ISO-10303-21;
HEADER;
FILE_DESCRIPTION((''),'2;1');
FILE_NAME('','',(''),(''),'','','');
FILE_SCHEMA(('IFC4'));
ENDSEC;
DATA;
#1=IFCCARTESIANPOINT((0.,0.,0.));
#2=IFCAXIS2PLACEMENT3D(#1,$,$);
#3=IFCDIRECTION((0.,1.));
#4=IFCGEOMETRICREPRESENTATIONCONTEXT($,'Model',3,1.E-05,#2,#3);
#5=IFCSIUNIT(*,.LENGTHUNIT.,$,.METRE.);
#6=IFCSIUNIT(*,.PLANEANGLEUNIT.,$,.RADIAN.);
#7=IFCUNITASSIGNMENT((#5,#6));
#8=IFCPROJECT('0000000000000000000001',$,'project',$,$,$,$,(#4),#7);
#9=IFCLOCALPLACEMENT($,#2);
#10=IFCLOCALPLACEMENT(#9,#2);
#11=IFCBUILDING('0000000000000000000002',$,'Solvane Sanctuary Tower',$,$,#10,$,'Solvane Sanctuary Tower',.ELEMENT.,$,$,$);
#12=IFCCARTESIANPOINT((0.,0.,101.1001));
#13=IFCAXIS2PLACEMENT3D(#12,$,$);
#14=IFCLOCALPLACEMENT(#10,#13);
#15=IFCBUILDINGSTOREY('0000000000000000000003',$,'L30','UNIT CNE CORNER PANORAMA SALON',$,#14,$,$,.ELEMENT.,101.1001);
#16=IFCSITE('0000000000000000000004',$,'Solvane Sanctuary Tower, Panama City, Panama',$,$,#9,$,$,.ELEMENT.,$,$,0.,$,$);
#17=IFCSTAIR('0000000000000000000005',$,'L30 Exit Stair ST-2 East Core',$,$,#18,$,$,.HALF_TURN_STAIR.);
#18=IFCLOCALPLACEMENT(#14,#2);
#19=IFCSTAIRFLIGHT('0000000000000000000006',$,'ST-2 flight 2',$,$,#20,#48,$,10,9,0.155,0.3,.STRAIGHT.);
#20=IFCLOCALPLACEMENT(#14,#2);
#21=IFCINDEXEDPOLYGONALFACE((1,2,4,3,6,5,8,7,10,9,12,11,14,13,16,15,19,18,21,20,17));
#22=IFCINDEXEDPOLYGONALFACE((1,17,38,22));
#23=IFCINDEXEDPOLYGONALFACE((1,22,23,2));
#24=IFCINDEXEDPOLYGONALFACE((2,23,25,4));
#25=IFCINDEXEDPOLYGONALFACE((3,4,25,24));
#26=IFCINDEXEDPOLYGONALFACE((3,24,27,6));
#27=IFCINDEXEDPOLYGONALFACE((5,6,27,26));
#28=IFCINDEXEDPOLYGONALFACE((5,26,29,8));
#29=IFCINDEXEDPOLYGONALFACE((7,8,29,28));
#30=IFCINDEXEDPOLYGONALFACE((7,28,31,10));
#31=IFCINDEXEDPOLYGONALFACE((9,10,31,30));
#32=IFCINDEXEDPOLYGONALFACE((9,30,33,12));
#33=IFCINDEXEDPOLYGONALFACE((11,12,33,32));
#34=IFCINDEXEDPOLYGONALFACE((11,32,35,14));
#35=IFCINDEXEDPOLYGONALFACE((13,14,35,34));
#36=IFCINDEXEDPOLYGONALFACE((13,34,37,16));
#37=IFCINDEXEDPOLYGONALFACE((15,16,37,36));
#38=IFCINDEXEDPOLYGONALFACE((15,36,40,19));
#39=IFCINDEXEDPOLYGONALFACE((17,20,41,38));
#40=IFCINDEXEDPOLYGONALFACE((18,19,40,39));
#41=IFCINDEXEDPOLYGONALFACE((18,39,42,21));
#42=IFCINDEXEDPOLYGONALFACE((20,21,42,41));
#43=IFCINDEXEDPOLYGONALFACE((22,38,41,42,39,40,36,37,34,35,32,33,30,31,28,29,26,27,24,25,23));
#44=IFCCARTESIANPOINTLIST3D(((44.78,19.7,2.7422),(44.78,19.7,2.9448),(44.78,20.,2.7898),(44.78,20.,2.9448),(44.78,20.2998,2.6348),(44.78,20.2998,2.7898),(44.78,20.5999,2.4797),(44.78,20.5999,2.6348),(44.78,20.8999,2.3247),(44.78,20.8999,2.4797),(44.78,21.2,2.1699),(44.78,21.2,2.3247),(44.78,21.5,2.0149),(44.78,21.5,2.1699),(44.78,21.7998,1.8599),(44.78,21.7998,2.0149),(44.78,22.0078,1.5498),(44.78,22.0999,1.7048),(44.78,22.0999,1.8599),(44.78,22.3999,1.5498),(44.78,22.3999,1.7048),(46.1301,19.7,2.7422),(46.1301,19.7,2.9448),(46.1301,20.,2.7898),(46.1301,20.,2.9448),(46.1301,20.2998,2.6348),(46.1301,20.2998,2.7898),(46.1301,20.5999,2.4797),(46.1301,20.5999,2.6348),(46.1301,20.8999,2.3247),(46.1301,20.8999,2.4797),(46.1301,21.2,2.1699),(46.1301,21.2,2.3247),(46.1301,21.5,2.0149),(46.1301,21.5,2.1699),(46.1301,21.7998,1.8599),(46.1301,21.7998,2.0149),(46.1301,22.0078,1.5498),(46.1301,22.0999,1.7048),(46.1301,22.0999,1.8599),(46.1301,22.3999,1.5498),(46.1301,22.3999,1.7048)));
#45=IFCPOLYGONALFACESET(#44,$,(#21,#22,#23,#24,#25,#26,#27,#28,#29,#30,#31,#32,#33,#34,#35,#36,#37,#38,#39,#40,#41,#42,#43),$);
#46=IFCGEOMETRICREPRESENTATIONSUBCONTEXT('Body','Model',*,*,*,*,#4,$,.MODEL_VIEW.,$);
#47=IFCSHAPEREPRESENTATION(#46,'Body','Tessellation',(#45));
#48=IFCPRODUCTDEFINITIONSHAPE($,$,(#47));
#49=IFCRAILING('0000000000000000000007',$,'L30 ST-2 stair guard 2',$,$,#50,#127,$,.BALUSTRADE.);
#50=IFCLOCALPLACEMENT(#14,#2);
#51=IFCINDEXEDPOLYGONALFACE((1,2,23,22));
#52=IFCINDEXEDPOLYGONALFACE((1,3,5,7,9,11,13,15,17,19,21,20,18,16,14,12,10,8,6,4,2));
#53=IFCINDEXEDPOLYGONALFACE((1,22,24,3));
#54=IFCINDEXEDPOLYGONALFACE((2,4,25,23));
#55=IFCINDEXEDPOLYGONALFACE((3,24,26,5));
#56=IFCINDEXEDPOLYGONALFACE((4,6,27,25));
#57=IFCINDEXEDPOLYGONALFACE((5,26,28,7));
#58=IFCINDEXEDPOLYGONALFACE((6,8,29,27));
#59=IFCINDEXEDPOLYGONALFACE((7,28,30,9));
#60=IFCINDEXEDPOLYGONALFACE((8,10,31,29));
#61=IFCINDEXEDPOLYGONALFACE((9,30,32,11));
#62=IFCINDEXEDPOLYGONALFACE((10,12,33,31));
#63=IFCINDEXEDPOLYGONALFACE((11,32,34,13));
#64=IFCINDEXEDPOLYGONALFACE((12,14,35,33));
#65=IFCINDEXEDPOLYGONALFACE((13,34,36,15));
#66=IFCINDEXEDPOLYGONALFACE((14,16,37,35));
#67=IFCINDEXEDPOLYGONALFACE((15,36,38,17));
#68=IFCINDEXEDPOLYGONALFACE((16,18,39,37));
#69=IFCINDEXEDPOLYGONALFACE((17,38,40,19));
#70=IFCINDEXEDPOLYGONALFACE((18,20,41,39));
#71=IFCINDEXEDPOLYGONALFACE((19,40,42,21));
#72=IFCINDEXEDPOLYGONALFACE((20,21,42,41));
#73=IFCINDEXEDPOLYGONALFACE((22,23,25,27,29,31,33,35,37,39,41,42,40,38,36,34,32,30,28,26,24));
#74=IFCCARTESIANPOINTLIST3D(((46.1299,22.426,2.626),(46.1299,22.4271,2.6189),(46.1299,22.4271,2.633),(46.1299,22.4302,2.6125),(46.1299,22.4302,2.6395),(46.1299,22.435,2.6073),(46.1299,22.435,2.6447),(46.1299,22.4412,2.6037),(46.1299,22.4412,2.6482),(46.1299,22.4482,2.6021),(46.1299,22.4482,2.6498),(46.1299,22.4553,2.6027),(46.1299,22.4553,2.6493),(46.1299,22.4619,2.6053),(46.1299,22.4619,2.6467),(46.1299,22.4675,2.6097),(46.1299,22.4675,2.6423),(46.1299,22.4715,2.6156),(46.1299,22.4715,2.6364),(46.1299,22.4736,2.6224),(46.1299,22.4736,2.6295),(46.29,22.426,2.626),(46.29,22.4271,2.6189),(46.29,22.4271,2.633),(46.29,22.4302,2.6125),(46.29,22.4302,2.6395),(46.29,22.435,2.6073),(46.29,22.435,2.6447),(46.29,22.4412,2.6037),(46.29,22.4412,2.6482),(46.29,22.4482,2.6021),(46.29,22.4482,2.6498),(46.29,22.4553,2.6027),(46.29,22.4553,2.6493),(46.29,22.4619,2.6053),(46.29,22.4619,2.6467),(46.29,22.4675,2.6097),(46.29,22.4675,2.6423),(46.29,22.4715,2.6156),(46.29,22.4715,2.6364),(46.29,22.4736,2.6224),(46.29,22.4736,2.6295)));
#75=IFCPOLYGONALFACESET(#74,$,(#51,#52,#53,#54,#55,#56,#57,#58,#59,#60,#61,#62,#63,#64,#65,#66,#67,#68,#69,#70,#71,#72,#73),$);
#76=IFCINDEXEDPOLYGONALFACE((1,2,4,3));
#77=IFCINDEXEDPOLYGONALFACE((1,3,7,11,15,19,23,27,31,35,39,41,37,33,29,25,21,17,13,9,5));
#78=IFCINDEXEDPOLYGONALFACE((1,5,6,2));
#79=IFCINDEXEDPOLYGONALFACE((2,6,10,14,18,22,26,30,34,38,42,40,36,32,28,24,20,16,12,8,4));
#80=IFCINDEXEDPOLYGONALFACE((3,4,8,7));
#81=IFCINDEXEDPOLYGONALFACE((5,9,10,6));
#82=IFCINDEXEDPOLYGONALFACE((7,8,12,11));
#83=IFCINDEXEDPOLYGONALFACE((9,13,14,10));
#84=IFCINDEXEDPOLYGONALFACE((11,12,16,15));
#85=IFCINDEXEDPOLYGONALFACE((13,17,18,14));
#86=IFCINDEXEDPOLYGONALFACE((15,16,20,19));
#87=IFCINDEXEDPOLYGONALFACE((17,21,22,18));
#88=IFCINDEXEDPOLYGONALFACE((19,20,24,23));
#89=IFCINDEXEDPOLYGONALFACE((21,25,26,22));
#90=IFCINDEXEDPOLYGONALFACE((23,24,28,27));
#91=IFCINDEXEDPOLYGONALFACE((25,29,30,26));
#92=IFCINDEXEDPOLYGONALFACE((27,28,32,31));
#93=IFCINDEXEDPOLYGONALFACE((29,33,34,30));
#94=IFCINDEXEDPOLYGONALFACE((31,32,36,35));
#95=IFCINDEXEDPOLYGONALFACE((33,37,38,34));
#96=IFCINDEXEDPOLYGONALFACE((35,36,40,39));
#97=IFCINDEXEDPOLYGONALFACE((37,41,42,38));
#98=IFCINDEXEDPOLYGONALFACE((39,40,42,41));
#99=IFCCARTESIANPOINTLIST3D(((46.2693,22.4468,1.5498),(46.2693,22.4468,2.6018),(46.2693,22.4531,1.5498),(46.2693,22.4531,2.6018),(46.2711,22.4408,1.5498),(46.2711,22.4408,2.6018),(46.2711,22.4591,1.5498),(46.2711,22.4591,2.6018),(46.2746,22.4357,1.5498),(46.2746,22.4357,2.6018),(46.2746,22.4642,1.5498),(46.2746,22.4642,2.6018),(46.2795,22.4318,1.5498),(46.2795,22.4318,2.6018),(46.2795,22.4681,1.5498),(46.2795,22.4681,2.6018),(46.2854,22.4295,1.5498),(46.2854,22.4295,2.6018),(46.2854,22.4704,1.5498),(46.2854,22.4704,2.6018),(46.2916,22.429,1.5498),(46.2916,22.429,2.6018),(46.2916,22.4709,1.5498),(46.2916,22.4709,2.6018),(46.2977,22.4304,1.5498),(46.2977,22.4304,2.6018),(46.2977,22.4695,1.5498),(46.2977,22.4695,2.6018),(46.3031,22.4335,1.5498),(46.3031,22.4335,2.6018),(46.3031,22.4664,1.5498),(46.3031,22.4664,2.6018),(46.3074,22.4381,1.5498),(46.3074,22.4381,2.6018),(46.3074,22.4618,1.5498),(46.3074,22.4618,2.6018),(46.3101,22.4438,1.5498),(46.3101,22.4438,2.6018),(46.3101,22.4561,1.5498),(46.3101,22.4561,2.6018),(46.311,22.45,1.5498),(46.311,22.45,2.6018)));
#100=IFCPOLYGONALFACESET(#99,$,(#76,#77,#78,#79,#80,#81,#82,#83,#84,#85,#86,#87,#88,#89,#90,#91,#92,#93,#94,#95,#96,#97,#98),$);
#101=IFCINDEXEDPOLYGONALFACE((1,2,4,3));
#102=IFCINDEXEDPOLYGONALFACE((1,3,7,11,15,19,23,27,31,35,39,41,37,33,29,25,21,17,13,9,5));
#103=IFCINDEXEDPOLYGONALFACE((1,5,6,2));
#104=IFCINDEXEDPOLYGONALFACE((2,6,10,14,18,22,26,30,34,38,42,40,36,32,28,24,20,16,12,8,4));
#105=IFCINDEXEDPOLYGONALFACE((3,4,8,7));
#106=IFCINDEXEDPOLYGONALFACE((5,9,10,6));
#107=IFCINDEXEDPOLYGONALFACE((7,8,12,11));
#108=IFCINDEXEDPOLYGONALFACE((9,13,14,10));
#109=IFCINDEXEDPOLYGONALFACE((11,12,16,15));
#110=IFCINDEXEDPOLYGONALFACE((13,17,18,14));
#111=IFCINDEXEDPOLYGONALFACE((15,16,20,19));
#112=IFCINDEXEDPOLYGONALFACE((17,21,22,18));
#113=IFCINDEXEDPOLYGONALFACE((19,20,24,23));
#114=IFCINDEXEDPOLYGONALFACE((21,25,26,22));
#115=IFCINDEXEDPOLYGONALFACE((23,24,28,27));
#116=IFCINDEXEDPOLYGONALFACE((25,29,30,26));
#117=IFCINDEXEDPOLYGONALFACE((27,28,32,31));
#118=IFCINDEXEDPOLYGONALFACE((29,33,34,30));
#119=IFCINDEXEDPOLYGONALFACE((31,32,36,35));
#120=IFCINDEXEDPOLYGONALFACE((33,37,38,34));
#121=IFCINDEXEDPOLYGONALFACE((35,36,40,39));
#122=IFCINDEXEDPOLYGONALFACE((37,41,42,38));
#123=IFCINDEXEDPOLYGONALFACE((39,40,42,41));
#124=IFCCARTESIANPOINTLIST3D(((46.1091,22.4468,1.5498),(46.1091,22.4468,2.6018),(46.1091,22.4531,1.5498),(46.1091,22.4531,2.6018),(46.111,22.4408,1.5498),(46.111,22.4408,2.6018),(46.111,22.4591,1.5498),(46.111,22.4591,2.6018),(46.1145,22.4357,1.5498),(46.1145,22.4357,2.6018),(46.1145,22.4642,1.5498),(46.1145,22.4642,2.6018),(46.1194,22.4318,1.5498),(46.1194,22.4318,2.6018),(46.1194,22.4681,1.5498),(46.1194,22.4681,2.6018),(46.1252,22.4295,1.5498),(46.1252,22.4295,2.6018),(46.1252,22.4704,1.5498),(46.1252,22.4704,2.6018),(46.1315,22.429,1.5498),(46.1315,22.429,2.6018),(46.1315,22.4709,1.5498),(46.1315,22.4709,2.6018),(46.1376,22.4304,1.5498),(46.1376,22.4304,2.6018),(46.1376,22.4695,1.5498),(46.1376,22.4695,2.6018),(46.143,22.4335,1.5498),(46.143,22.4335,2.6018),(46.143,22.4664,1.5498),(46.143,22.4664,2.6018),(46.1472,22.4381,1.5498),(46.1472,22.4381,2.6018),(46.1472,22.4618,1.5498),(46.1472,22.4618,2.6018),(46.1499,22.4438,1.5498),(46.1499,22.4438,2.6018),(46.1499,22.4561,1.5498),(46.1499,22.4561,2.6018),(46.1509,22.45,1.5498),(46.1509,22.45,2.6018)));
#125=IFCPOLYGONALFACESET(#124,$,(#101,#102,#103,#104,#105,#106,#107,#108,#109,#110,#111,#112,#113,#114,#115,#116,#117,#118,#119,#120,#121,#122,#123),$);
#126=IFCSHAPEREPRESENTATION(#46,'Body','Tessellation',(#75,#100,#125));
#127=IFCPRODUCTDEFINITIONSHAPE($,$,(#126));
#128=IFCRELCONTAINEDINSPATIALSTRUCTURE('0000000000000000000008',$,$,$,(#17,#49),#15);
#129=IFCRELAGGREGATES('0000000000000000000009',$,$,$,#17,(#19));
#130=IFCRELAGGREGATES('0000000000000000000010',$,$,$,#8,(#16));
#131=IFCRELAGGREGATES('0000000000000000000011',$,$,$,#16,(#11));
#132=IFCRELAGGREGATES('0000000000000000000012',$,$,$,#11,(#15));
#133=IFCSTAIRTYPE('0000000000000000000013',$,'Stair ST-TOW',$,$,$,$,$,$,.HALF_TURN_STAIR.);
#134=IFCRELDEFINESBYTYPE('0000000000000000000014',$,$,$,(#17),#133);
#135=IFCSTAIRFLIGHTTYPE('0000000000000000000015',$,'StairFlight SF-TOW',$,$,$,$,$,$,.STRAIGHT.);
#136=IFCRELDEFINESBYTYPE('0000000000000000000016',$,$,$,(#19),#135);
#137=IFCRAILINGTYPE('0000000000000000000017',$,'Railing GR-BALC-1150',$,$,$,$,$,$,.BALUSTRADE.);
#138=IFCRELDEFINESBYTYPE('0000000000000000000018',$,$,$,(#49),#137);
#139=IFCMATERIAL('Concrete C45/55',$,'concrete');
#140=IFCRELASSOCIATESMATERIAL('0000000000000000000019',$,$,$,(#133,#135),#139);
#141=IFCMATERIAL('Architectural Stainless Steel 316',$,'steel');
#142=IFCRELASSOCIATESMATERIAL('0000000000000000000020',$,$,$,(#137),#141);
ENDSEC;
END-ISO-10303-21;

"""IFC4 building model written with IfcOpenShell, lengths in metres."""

from ifc_helpers import new_model, si_unit, direction, frame, origin, origin_2d, place, context, subcontext, project, spatial, polyline, circle, outline, extrude, material, type_object, element, aggregate, save


model = new_model("IFC4")

# Units and contexts
model_context = context("Model", 3, precision=1e-05, world=origin(), true_north=direction((0.0, 1.0)))
body_context = subcontext(model_context, "Body", "Model", "MODEL_VIEW")
ifc_project = project(units=[si_unit("LENGTHUNIT", "METRE"), si_unit("PLANEANGLEUNIT", "RADIAN")], contexts=[model_context])

# Site, building, storey
site_placement = place(None, origin())
site = spatial("IfcSite", under=ifc_project, at=site_placement, Name="Solvane Sanctuary Tower, Panama City, Panama", CompositionType="ELEMENT", RefElevation=0.0)
building_placement = place(site_placement, origin())
building = spatial("IfcBuilding", under=site, at=building_placement, Name="Solvane Sanctuary Tower", LongName="Solvane Sanctuary Tower", CompositionType="ELEMENT")
storey_placement = place(building_placement, frame((0.0, 0.0, 101.1001)))
storey = spatial("IfcBuildingStorey", under=building, at=storey_placement, Name="L30", Description="UNIT CNE CORNER PANORAMA SALON", CompositionType="ELEMENT", Elevation=101.1001)

# Shared definitions
ifc_material_1 = material(Name="Architectural Stainless Steel 316", Category="steel")

# Stair, stair flight
ifc_material_2 = material(Name="Concrete C45/55", Category="concrete")
stair_type = type_object("IfcStairType", Name="Stair ST-TOW", PredefinedType="HALF_TURN_STAIR", material=ifc_material_2)
stair_placement = place(storey_placement, origin())
stair = element("IfcStair", 1, at=stair_placement, inside=storey, type_object=stair_type, Name="L30 Exit Stair ST-2 East Core", PredefinedType="HALF_TURN_STAIR")
stair_flight_type = type_object("IfcStairFlightType", Name="StairFlight SF-TOW", PredefinedType="STRAIGHT", material=ifc_material_2)
stair_flight_placement = place(storey_placement, frame((45.4551, 22.3999, 1.5498), z_axis=(0.0, 0.0, 1.0), x_axis=(0.0, -1.0, 0.0)))
stair_flight = element("IfcStairFlight", 2, at=stair_flight_placement, type_object=stair_flight_type, Name="ST-2 flight 2", NumberOfRisers=10, NumberOfTreads=9, PredefinedType="STRAIGHT", RiserHeight=0.155, TreadLength=0.3, context=body_context, shape_type="SweptSolid", body=[
    extrude(outline(polyline([(0.0, 0.0), (0.0, 0.155), (0.3, 0.155), (0.3, 0.3101), (0.6001, 0.3101), (0.6001, 0.4651), (0.8999, 0.4651), (0.8999, 0.6201), (1.2, 0.6201), (1.2, 0.7749), (1.5, 0.7749), (1.5, 0.9299), (1.8, 0.9299), (1.8, 1.085), (2.1001, 1.085), (2.1001, 1.24), (2.3999, 1.24), (2.3999, 1.395), (2.7, 1.395), (2.7, 1.55), (2.7, 1.1924), (0.3921, 0.0), (0.0, 0.0)])), frame((0.0, 0.675, 0.0), z_axis=(0.0, -1.0, 0.0), x_axis=(1.0, 0.0, 0.0)), (0.0, 0.0, 1.0), 1.3501),
])
aggregate(stair, [stair_flight])

# Railing
railing_type_1 = type_object("IfcRailingType", Name="Railing GR-BALC-1150", PredefinedType="BALUSTRADE", material=ifc_material_1)
railing_1_placement = place(storey_placement, frame((46.29, 22.45, 1.5498)))
element("IfcRailing", 3, at=railing_1_placement, inside=storey, type_object=railing_type_1, Name="L30 ST-2 stair guard 2", PredefinedType="BALUSTRADE", context=body_context, shape_type="SweptSolid", body=[
    extrude(circle(Radius=0.0239, at=origin_2d()), frame((0.0, 0.0, 1.0762), z_axis=(-1.0, 0.0, 0.0), x_axis=(0.0, -1.0, 0.0)), (0.0, 0.0, 1.0), 0.1602),
    extrude(circle(Radius=0.021, at=origin_2d()), origin(), (0.0, 0.0, 1.0), 1.052),
    extrude(circle(Radius=0.021, at=origin_2d()), frame((-0.1602, 0.0, 0.0)), (0.0, 0.0, 1.0), 1.052),
])

save(model, "model.ifc")
